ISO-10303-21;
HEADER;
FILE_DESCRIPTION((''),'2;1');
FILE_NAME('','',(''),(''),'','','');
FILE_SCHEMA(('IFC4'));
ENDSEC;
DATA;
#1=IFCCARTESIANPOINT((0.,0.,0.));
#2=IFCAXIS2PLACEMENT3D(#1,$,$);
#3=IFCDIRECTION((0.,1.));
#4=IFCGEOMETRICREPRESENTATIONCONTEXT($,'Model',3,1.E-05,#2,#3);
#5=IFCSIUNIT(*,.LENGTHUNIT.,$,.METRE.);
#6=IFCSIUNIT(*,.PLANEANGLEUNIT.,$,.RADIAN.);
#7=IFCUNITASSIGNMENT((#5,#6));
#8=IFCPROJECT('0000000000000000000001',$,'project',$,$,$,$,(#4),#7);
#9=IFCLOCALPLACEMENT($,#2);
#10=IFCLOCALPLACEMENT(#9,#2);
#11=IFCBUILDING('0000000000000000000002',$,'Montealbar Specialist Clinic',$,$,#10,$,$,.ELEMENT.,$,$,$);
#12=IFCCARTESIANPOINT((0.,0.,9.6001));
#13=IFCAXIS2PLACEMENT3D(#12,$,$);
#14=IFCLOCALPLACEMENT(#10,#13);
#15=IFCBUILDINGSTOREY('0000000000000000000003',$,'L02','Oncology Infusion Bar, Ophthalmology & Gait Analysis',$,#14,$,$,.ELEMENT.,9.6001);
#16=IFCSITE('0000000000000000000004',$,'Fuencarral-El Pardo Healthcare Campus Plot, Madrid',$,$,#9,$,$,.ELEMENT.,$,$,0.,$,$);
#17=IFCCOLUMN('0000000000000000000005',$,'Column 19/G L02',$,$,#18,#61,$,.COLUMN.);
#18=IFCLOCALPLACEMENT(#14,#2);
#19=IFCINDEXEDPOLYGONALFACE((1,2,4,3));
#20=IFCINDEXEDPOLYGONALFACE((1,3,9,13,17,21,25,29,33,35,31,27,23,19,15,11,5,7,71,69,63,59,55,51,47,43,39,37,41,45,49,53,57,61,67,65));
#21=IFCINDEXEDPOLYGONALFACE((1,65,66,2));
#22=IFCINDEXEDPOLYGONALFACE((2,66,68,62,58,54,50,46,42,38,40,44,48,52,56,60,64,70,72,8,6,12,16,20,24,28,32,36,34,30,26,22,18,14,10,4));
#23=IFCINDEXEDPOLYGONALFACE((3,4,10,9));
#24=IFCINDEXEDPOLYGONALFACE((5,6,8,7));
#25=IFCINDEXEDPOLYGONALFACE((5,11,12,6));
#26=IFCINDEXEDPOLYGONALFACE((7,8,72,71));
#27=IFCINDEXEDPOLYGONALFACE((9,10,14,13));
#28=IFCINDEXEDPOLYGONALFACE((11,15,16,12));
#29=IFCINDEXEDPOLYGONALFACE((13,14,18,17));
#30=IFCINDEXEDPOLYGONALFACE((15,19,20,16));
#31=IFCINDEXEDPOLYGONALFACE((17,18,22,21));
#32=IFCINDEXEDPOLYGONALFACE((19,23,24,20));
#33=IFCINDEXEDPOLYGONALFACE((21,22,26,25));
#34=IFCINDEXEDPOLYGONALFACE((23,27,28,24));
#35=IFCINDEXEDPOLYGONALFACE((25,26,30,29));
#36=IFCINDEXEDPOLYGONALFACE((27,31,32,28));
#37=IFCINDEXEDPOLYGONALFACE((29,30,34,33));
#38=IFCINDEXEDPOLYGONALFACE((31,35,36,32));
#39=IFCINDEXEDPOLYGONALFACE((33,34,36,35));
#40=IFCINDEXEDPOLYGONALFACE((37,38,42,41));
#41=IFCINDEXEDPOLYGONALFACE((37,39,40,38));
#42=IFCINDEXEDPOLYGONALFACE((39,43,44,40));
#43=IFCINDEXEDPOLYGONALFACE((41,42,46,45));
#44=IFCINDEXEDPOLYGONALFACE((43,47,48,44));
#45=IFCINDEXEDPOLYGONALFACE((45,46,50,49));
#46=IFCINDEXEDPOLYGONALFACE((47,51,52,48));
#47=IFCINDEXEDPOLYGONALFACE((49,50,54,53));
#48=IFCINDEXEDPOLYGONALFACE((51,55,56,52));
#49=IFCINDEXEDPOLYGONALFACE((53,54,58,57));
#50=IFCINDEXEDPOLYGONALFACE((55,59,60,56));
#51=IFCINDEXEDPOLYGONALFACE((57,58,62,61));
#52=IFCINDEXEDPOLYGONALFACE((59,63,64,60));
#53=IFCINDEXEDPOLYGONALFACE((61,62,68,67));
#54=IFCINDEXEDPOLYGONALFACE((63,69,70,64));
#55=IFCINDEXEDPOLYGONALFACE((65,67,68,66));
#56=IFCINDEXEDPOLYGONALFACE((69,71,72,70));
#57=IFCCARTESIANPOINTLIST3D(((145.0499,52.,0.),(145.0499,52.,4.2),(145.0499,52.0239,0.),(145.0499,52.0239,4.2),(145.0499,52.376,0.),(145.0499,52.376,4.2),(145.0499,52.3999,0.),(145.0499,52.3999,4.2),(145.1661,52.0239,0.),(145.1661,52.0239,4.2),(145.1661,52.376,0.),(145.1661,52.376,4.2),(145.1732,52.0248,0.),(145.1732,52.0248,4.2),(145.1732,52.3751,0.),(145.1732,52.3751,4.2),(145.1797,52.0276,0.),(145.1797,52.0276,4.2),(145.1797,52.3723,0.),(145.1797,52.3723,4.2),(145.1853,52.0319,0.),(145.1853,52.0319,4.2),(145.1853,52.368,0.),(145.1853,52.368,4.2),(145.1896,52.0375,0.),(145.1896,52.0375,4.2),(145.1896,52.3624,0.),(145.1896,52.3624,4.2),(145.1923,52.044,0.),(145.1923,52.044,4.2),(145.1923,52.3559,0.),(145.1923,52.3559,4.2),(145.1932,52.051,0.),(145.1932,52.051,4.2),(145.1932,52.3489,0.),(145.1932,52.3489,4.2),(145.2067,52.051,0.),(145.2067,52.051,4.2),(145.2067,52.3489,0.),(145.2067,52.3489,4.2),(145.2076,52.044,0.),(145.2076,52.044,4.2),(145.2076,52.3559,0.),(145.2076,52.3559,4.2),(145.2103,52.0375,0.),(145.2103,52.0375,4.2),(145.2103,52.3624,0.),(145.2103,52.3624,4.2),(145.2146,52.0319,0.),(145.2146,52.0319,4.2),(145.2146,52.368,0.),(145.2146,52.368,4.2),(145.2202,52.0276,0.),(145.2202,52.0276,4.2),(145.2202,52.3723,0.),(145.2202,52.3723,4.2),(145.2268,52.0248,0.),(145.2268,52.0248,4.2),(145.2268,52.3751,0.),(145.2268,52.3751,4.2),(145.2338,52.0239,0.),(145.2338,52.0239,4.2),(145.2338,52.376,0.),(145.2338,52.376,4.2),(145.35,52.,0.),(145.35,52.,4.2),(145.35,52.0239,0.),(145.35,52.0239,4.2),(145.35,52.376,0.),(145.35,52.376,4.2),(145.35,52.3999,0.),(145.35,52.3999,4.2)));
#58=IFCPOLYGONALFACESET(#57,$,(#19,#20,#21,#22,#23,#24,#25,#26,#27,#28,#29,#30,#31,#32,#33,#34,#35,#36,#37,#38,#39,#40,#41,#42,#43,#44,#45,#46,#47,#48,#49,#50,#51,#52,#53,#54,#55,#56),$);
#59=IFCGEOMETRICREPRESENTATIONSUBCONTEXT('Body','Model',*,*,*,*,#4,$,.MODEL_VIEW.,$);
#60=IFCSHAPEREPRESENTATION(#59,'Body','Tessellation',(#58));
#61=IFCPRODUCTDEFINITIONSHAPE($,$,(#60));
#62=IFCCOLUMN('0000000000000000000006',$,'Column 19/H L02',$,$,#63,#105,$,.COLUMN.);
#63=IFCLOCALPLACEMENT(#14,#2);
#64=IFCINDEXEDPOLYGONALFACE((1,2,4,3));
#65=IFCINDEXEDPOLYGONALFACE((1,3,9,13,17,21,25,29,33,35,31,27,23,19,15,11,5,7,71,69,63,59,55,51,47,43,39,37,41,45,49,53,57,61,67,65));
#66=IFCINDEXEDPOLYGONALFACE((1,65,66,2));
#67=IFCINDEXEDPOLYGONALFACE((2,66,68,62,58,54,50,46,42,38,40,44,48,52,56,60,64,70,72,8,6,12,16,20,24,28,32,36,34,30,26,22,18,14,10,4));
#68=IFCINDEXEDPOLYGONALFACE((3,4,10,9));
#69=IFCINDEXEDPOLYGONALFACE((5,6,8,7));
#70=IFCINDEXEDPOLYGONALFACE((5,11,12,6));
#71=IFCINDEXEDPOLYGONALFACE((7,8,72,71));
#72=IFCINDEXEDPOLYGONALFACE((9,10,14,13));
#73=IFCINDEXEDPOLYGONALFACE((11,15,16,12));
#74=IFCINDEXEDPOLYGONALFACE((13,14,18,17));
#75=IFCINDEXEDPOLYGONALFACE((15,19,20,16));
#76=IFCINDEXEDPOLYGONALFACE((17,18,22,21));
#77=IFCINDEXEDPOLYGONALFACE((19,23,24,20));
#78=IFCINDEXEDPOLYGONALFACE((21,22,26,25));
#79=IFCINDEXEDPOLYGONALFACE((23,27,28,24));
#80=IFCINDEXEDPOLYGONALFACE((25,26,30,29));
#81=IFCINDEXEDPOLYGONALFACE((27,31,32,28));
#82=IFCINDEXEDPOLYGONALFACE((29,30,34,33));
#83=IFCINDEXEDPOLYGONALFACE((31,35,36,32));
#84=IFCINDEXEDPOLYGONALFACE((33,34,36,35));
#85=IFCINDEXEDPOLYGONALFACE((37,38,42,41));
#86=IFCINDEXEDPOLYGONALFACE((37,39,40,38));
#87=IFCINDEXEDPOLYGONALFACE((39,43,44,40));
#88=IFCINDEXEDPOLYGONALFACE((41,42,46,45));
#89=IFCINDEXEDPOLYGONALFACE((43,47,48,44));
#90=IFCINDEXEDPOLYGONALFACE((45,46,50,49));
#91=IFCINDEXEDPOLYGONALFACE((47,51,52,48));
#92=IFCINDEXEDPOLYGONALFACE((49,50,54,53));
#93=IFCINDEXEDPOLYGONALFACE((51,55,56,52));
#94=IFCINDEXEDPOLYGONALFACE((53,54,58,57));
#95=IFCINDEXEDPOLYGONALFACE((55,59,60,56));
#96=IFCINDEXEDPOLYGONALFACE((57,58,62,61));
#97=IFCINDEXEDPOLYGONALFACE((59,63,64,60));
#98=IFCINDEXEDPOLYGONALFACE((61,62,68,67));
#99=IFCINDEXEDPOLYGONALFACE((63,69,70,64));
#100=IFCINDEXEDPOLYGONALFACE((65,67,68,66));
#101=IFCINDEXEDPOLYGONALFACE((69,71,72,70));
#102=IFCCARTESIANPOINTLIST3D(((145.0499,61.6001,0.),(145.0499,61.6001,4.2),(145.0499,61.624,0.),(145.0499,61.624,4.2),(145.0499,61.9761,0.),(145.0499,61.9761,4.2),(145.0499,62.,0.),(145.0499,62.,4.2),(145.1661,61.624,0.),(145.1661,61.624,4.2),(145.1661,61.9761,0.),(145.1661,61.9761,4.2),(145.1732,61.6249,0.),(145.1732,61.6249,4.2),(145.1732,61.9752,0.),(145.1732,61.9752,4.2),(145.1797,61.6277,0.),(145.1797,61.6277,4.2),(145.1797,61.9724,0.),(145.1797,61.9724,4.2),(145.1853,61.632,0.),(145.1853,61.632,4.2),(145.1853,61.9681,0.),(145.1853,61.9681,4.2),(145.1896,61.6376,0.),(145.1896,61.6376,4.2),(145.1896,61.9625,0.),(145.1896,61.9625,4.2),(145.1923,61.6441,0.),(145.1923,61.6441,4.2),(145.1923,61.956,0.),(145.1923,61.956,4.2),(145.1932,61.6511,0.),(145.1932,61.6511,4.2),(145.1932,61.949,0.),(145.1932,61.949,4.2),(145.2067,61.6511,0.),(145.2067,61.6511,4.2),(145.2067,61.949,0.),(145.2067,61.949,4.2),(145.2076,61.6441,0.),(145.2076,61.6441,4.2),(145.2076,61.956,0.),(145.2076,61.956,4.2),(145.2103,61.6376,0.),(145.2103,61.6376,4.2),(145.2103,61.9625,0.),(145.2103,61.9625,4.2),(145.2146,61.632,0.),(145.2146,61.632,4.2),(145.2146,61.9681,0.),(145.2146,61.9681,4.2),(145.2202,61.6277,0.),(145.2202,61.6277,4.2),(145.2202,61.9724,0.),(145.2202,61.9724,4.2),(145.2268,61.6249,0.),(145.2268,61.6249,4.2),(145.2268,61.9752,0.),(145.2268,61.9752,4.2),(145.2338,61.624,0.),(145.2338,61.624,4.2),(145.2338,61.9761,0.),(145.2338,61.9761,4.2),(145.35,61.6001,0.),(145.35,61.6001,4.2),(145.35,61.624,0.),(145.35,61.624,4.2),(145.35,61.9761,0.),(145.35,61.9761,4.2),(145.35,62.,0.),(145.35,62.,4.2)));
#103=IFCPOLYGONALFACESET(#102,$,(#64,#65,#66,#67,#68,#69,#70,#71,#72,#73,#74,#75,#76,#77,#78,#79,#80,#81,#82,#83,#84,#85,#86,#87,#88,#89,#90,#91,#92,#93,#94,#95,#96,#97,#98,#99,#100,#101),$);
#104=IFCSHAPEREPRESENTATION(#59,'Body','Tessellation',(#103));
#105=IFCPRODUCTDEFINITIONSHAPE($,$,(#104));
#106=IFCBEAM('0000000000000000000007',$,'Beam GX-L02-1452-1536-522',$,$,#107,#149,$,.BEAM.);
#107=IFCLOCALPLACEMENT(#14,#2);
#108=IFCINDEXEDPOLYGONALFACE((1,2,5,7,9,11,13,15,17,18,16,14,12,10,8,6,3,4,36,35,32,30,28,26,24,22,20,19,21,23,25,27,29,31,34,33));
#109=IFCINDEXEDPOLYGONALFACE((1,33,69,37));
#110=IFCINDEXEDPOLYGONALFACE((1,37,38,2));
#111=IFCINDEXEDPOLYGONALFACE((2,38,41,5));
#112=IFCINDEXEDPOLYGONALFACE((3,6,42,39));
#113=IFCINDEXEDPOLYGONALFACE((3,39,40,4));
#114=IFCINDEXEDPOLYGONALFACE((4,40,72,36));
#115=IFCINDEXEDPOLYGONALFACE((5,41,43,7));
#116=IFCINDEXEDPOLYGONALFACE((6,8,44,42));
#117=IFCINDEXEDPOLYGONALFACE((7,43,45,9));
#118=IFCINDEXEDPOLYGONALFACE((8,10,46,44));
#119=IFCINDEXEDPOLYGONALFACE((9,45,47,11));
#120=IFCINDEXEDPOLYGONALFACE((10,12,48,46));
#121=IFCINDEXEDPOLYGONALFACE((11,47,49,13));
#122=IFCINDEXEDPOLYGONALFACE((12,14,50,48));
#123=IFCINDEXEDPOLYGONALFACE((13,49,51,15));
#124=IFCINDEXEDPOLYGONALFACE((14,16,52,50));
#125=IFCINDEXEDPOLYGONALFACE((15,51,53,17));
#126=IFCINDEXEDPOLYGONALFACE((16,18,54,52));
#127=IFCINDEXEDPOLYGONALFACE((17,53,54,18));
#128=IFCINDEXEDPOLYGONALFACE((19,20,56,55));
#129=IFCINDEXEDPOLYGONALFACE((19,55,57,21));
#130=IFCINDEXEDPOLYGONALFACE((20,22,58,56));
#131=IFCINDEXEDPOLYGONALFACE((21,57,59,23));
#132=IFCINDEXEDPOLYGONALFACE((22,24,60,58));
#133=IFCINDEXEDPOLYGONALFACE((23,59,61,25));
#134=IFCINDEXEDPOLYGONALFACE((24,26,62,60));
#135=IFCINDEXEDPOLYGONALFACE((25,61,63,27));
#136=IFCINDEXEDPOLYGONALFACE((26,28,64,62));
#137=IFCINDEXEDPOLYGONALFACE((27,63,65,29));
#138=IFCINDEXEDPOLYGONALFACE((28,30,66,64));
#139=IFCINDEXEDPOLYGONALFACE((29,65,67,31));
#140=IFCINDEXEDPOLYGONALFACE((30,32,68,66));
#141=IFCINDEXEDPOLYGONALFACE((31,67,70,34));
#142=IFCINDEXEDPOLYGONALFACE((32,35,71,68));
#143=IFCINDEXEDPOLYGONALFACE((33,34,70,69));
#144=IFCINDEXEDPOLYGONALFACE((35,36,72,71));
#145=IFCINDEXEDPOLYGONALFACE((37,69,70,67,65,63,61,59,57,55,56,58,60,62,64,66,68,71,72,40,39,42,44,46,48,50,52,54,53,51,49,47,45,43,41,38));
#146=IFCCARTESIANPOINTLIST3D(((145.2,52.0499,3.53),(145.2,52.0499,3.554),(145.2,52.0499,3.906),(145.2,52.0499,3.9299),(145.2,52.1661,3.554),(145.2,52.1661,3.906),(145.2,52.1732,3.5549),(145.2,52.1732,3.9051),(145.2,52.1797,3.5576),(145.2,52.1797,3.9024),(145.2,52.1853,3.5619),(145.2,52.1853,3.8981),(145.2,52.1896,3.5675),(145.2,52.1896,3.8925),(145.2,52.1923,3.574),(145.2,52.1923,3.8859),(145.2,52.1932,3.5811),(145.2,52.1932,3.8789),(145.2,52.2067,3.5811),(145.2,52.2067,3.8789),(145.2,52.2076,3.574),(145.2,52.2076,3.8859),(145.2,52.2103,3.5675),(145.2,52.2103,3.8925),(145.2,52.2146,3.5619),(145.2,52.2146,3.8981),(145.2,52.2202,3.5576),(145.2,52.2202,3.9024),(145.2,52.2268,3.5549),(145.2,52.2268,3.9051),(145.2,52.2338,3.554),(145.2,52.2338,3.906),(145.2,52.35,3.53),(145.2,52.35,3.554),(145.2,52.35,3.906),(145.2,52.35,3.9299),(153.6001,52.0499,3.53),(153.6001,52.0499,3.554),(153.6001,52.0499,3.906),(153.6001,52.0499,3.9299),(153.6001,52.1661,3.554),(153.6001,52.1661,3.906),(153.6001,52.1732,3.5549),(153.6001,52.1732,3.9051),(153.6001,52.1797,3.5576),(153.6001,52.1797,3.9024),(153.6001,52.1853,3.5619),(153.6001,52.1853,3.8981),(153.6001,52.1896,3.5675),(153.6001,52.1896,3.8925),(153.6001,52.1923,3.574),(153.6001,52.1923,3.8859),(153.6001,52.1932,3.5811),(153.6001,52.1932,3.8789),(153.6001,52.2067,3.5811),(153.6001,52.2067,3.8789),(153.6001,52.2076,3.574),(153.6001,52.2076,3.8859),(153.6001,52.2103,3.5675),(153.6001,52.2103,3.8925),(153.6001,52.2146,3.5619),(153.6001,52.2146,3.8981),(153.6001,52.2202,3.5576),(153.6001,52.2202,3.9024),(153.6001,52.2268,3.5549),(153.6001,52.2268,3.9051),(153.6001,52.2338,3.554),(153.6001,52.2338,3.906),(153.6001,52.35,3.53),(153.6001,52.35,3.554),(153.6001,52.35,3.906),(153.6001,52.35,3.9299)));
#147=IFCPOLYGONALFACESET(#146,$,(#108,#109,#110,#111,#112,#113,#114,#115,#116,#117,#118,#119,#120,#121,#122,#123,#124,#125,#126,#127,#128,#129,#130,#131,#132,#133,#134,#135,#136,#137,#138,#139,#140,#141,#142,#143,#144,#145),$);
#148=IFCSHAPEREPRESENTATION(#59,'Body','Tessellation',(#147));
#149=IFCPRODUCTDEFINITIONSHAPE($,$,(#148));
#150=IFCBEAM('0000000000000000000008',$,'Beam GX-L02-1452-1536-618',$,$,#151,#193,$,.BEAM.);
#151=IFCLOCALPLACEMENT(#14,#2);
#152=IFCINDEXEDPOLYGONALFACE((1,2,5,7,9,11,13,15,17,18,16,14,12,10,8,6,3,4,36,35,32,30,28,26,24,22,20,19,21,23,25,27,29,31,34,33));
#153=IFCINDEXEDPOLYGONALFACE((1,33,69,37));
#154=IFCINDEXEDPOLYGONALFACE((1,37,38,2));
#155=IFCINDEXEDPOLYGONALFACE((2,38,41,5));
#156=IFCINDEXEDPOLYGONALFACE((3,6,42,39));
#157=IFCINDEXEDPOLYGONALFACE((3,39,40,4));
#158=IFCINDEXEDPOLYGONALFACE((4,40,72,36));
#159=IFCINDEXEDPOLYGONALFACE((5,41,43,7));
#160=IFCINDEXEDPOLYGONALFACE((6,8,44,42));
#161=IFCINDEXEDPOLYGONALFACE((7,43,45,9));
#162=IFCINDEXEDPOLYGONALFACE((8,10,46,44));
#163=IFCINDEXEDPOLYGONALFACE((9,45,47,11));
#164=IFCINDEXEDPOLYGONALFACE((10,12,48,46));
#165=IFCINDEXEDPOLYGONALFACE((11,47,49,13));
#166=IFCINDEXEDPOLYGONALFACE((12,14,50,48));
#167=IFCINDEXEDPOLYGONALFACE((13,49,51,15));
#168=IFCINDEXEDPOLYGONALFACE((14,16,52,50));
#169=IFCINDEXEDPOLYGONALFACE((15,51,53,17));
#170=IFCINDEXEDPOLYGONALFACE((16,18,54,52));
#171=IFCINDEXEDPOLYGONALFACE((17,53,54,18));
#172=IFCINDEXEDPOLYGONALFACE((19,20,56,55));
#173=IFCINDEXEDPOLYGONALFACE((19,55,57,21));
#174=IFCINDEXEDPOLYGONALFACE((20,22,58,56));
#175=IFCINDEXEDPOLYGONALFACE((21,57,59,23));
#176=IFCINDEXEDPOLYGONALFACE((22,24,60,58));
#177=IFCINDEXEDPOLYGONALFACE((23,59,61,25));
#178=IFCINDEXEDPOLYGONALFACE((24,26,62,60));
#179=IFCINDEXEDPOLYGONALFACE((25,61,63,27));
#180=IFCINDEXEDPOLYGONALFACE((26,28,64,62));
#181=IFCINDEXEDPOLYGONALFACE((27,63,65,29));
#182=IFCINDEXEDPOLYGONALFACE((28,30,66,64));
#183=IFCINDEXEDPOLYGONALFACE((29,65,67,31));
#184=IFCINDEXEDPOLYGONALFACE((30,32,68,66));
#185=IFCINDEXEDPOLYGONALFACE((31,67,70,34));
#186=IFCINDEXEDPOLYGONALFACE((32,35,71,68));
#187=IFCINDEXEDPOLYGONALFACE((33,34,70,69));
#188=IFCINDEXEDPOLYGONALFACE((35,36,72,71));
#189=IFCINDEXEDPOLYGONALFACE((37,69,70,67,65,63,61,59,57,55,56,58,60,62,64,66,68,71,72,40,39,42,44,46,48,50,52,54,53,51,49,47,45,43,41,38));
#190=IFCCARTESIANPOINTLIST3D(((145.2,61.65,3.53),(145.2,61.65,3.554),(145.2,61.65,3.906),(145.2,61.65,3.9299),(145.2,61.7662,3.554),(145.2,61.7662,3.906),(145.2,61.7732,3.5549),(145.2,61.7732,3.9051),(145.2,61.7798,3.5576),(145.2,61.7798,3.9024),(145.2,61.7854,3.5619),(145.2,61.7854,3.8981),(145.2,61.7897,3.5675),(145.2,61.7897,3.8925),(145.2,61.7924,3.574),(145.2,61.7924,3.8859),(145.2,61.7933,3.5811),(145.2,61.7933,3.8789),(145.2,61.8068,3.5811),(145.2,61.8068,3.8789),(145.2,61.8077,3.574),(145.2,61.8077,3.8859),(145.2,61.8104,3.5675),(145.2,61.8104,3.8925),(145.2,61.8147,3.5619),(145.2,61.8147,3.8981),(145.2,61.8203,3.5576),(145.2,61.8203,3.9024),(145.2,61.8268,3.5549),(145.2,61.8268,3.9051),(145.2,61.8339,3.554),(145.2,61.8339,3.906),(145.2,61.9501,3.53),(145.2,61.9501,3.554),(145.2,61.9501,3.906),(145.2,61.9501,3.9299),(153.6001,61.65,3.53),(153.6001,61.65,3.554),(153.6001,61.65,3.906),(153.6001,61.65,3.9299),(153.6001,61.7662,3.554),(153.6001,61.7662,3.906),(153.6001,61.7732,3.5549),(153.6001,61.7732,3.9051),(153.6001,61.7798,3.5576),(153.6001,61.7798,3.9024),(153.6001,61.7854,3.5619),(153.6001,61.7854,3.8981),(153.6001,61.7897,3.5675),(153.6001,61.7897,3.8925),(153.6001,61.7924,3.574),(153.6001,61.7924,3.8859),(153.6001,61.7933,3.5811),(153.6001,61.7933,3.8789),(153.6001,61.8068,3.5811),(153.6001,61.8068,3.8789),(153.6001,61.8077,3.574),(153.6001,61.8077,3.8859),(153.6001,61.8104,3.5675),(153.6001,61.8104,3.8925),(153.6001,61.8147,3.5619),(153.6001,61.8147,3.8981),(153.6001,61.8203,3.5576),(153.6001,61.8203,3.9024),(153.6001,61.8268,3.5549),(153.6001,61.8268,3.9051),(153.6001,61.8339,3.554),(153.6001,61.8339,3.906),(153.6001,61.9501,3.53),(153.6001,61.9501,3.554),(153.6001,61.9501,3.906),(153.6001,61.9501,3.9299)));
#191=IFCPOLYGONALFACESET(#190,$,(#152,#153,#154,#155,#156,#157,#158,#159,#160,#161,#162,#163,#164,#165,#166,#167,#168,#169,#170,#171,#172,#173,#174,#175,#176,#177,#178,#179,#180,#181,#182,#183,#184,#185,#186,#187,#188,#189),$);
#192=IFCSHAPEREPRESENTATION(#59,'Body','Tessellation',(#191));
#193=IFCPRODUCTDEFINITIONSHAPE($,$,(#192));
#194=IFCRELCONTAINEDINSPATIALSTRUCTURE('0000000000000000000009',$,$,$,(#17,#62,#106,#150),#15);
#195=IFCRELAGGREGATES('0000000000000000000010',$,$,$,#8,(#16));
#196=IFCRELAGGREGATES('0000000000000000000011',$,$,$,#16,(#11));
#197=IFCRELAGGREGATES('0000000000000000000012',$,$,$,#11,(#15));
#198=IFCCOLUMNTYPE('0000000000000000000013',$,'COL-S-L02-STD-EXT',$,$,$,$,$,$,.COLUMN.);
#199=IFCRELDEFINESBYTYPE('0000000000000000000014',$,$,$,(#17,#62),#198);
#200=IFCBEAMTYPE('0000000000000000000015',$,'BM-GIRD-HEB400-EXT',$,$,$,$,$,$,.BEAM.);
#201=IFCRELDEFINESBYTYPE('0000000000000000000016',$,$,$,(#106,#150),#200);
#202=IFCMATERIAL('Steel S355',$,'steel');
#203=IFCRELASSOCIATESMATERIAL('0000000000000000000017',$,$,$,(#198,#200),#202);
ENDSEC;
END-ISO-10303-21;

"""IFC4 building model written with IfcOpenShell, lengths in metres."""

from ifc_helpers import new_model, si_unit, direction, frame, origin, origin_2d, place, context, subcontext, project, spatial, i_section, extrude, material, material_profile, profile_set, type_object, element, save


model = new_model("IFC4")

# Units and contexts
model_context = context("Model", 3, precision=1e-05, world=origin(), true_north=direction((0.0, 1.0)))
body_context = subcontext(model_context, "Body", "Model", "MODEL_VIEW")
ifc_project = project(units=[si_unit("LENGTHUNIT", "METRE"), si_unit("PLANEANGLEUNIT", "RADIAN")], contexts=[model_context])

# Site, building, storey
site_placement = place(None, origin())
site = spatial("IfcSite", under=ifc_project, at=site_placement, Name="Fuencarral-El Pardo Healthcare Campus Plot, Madrid", CompositionType="ELEMENT", RefElevation=0.0)
building_placement = place(site_placement, origin())
building = spatial("IfcBuilding", under=site, at=building_placement, Name="Montealbar Specialist Clinic", CompositionType="ELEMENT")
storey_placement = place(building_placement, frame((0.0, 0.0, 9.6001)))
storey = spatial("IfcBuildingStorey", under=building, at=storey_placement, Name="L02", Description="Oncology Infusion Bar, Ophthalmology & Gait Analysis", CompositionType="ELEMENT", Elevation=9.6001)

# Columns
ifc_material_1 = material(Name="Steel S355", Category="steel")
ifc_material_profile_1 = material_profile(ifc_material_1, i_section(OverallWidth=0.3, OverallDepth=0.3999, WebThickness=0.0134, FlangeThickness=0.0239, FilletRadius=0.0271, at=origin_2d()), Name="HEB 400", Category="steel")
ifc_profile_set_1 = profile_set([ifc_material_profile_1], Name="Steel S355")
column_type = type_object("IfcColumnType", Name="COL-S-L02-STD-EXT", PredefinedType="COLUMN", material=ifc_profile_set_1)
for number, where, z_axis, x_axis, name in (
    (1, (145.2, 52.2, 0.0), (0.0, 0.0, 1.0), (1.0, 0.0, 0.0), "Column 19/G L02"),
    (2, (145.2, 61.8, 0.0), (0.0, 0.0, 1.0), (1.0, 0.0, 0.0), "Column 19/H L02"),
):
    element("IfcColumn", number, at=place(storey_placement, frame(where, z_axis=z_axis, x_axis=x_axis)), inside=storey, type_object=column_type, Name=name, PredefinedType="COLUMN", context=body_context, shape_type="SweptSolid", body=[
        extrude(i_section(OverallWidth=0.3, OverallDepth=0.3999, WebThickness=0.0134, FlangeThickness=0.0239, FilletRadius=0.0271, at=origin_2d()), origin(), (0.0, 0.0, 1.0), 4.2),
    ])

# Beams
ifc_material_profile_2 = material_profile(ifc_material_1, i_section(OverallWidth=0.3, OverallDepth=0.3999, WebThickness=0.0134, FlangeThickness=0.0239, FilletRadius=0.0271, at=origin_2d()), Name="HEB 400", Category="steel")
ifc_profile_set_2 = profile_set([ifc_material_profile_2], Name="Steel S355")
beam_type_1 = type_object("IfcBeamType", Name="BM-GIRD-HEB400-EXT", PredefinedType="BEAM", material=ifc_profile_set_2)
for number, where, z_axis, x_axis, name in (
    (3, (145.2, 52.2, 3.73), (1.0, 0.0, 0.0), (0.0, 1.0, 0.0), "Beam GX-L02-1452-1536-522"),
    (4, (145.2, 61.8, 3.73), (1.0, 0.0, 0.0), (0.0, 1.0, 0.0), "Beam GX-L02-1452-1536-618"),
):
    element("IfcBeam", number, at=place(storey_placement, frame(where, z_axis=z_axis, x_axis=x_axis)), inside=storey, type_object=beam_type_1, Name=name, PredefinedType="BEAM", context=body_context, shape_type="SweptSolid", body=[
        extrude(i_section(OverallWidth=0.3, OverallDepth=0.3999, WebThickness=0.0134, FlangeThickness=0.0239, FilletRadius=0.0271, at=origin_2d()), origin(), (0.0, 0.0, 1.0), 8.4001),
    ])

save(model, "model.ifc")
